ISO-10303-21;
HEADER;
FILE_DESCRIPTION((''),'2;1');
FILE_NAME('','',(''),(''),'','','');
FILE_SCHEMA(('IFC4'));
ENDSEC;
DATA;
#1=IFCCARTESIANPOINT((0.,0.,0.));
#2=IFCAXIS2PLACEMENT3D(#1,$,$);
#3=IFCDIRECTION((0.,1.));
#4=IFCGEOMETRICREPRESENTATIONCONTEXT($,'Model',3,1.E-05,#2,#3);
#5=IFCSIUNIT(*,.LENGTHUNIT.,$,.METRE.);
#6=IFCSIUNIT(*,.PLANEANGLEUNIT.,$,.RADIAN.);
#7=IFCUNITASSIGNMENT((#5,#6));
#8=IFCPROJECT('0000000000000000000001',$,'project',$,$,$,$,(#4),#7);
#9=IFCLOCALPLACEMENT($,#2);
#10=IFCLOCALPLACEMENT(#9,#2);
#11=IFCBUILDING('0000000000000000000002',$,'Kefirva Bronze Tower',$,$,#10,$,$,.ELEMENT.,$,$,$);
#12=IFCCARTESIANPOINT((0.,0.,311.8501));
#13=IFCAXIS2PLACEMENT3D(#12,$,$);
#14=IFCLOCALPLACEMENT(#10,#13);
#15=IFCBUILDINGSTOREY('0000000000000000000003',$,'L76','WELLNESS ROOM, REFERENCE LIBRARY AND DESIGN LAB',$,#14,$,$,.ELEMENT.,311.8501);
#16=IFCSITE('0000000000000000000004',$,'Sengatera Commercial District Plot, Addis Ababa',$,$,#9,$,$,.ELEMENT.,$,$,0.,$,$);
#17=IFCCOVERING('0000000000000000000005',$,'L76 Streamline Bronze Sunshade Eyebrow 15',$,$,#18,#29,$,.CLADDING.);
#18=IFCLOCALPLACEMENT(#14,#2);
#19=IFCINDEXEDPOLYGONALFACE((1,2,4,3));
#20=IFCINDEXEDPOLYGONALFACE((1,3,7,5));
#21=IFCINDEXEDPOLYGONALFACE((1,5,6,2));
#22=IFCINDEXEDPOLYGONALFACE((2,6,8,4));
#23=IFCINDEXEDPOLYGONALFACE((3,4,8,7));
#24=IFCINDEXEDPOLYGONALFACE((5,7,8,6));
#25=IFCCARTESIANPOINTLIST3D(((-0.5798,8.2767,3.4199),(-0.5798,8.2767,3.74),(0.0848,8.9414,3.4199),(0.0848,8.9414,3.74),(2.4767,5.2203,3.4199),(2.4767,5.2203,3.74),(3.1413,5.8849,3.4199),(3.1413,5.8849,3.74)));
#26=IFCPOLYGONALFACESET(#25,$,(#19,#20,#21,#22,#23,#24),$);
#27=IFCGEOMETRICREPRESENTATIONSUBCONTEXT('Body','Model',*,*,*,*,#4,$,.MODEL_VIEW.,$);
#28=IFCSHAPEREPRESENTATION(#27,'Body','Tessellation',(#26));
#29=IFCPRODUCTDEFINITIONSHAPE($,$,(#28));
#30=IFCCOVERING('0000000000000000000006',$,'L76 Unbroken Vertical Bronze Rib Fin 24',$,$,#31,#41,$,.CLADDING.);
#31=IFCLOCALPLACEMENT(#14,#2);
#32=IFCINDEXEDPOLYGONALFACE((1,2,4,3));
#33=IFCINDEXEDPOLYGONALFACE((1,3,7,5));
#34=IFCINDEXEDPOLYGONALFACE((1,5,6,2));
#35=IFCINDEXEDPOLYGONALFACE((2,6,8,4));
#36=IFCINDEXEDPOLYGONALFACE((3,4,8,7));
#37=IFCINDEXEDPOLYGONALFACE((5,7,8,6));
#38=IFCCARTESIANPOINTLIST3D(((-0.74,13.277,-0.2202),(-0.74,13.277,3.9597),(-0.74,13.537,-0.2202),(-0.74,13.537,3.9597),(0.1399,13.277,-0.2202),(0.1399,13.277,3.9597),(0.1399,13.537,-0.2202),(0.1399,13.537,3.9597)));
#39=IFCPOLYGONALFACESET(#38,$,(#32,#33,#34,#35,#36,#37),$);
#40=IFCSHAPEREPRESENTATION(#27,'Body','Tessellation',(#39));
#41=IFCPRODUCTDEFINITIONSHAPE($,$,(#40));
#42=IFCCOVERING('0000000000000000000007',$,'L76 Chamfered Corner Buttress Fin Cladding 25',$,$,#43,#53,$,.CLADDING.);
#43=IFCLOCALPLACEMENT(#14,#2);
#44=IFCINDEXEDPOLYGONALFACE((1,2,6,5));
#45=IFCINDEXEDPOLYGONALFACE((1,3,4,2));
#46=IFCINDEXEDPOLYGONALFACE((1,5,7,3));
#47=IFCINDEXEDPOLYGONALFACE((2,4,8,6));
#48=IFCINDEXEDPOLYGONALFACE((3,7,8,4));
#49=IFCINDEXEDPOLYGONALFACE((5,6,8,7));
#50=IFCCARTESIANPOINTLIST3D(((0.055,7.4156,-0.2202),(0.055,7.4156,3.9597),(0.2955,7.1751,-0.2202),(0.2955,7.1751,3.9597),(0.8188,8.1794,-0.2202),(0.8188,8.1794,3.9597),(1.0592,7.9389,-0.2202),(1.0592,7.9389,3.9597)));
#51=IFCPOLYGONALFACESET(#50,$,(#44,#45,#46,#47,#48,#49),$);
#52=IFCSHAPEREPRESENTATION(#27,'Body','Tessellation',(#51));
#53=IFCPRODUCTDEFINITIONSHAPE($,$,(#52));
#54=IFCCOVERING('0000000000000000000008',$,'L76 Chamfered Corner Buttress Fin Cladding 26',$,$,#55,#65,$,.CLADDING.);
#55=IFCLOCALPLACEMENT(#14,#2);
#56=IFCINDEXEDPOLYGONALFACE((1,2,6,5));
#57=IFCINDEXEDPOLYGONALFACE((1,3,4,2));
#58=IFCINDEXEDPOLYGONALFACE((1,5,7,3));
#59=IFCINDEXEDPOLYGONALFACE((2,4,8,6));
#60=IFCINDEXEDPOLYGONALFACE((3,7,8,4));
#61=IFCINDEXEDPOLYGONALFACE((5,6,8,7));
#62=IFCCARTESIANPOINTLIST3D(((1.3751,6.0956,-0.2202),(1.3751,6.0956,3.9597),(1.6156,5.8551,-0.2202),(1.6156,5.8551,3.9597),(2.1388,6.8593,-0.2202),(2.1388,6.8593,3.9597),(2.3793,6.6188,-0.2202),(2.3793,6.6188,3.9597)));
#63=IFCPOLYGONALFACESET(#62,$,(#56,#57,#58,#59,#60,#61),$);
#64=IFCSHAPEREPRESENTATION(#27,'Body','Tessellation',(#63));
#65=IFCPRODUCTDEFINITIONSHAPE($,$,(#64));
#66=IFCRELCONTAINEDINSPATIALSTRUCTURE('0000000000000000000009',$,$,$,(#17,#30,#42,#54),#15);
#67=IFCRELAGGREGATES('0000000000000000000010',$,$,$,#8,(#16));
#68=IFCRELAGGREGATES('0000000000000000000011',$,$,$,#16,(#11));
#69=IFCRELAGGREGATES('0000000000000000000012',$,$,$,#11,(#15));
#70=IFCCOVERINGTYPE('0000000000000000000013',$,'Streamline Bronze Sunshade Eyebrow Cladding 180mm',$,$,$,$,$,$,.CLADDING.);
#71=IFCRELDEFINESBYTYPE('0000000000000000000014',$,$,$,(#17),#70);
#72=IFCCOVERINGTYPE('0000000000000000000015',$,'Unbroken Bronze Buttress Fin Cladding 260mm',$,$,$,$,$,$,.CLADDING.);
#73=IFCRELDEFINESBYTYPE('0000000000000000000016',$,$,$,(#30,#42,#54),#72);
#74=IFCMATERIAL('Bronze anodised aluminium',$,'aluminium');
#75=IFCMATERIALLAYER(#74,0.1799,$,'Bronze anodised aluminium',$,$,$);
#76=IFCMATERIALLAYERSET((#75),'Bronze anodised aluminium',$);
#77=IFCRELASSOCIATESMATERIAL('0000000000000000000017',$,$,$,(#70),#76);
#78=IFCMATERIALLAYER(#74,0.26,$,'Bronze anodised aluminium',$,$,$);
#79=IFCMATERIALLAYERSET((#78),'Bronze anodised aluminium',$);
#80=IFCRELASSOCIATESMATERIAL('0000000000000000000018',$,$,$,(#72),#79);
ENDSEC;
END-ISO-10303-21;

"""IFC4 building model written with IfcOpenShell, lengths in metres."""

from ifc_helpers import new_model, si_unit, direction, frame, origin, origin_2d, place, context, subcontext, project, spatial, rectangle, extrude, material, layer, layer_set, type_object, element, save


model = new_model("IFC4")

# Units and contexts
model_context = context("Model", 3, precision=1e-05, world=origin(), true_north=direction((0.0, 1.0)))
body_context = subcontext(model_context, "Body", "Model", "MODEL_VIEW")
ifc_project = project(units=[si_unit("LENGTHUNIT", "METRE"), si_unit("PLANEANGLEUNIT", "RADIAN")], contexts=[model_context])

# Site, building, storey
site_placement = place(None, origin())
site = spatial("IfcSite", under=ifc_project, at=site_placement, Name="Sengatera Commercial District Plot, Addis Ababa", CompositionType="ELEMENT", RefElevation=0.0)
building_placement = place(site_placement, origin())
building = spatial("IfcBuilding", under=site, at=building_placement, Name="Kefirva Bronze Tower", CompositionType="ELEMENT")
storey_placement = place(building_placement, frame((0.0, 0.0, 311.8501)))
storey = spatial("IfcBuildingStorey", under=building, at=storey_placement, Name="L76", Description="WELLNESS ROOM, REFERENCE LIBRARY AND DESIGN LAB", CompositionType="ELEMENT", Elevation=311.8501)

# Shared definitions
ifc_material_1 = material(Name="Bronze anodised aluminium", Category="aluminium")

# Coverings
ifc_layer_1 = layer(ifc_material_1, 0.1799, Name="Bronze anodised aluminium")
ifc_layer_set_1 = layer_set([ifc_layer_1], Name="Bronze anodised aluminium")
covering_type_1 = type_object("IfcCoveringType", Name="Streamline Bronze Sunshade Eyebrow Cladding 180mm", PredefinedType="CLADDING", material=ifc_layer_set_1)
covering_1_placement = place(storey_placement, frame((1.2808, 7.0808, 3.4199), z_axis=(0.0, 0.0, 1.0), x_axis=(0.707107, -0.707107, 0.0)))
element("IfcCovering", 1, at=covering_1_placement, inside=storey, type_object=covering_type_1, Name="L76 Streamline Bronze Sunshade Eyebrow 15", PredefinedType="CLADDING", context=body_context, shape_type="SweptSolid", body=[
    extrude(rectangle(XDim=4.3225, YDim=0.9399, at=origin_2d()), origin(), (0.0, 0.0, 1.0), 0.3201),
])
ifc_layer_2 = layer(ifc_material_1, 0.26, Name="Bronze anodised aluminium")
ifc_layer_set_2 = layer_set([ifc_layer_2], Name="Bronze anodised aluminium")
covering_type_2 = type_object("IfcCoveringType", Name="Unbroken Bronze Buttress Fin Cladding 260mm", PredefinedType="CLADDING", material=ifc_layer_set_2)
covering_2_placement = place(storey_placement, frame((-0.3, 13.407, -0.2202), z_axis=(0.0, 0.0, 1.0), x_axis=(0.0, -1.0, 0.0)))
element("IfcCovering", 2, at=covering_2_placement, inside=storey, type_object=covering_type_2, Name="L76 Unbroken Vertical Bronze Rib Fin 24", PredefinedType="CLADDING", context=body_context, shape_type="SweptSolid", body=[
    extrude(rectangle(XDim=0.26, YDim=0.8799, at=origin_2d()), origin(), (0.0, 0.0, 1.0), 4.1799),
])
for number, where, z_axis, x_axis, name in (
    (3, (0.5571, 7.6772, -0.2202), (0.0, 0.0, 1.0), (0.707107, -0.707107, 0.0), "L76 Chamfered Corner Buttress Fin Cladding 25"),
    (4, (1.8772, 6.3572, -0.2202), (0.0, 0.0, 1.0), (0.707107, -0.707107, 0.0), "L76 Chamfered Corner Buttress Fin Cladding 26"),
):
    element("IfcCovering", number, at=place(storey_placement, frame(where, z_axis=z_axis, x_axis=x_axis)), inside=storey, type_object=covering_type_2, Name=name, PredefinedType="CLADDING", context=body_context, shape_type="SweptSolid", body=[
        extrude(rectangle(XDim=0.3401, YDim=1.0801, at=origin_2d()), origin(), (0.0, 0.0, 1.0), 4.1799),
    ])

save(model, "model.ifc")
